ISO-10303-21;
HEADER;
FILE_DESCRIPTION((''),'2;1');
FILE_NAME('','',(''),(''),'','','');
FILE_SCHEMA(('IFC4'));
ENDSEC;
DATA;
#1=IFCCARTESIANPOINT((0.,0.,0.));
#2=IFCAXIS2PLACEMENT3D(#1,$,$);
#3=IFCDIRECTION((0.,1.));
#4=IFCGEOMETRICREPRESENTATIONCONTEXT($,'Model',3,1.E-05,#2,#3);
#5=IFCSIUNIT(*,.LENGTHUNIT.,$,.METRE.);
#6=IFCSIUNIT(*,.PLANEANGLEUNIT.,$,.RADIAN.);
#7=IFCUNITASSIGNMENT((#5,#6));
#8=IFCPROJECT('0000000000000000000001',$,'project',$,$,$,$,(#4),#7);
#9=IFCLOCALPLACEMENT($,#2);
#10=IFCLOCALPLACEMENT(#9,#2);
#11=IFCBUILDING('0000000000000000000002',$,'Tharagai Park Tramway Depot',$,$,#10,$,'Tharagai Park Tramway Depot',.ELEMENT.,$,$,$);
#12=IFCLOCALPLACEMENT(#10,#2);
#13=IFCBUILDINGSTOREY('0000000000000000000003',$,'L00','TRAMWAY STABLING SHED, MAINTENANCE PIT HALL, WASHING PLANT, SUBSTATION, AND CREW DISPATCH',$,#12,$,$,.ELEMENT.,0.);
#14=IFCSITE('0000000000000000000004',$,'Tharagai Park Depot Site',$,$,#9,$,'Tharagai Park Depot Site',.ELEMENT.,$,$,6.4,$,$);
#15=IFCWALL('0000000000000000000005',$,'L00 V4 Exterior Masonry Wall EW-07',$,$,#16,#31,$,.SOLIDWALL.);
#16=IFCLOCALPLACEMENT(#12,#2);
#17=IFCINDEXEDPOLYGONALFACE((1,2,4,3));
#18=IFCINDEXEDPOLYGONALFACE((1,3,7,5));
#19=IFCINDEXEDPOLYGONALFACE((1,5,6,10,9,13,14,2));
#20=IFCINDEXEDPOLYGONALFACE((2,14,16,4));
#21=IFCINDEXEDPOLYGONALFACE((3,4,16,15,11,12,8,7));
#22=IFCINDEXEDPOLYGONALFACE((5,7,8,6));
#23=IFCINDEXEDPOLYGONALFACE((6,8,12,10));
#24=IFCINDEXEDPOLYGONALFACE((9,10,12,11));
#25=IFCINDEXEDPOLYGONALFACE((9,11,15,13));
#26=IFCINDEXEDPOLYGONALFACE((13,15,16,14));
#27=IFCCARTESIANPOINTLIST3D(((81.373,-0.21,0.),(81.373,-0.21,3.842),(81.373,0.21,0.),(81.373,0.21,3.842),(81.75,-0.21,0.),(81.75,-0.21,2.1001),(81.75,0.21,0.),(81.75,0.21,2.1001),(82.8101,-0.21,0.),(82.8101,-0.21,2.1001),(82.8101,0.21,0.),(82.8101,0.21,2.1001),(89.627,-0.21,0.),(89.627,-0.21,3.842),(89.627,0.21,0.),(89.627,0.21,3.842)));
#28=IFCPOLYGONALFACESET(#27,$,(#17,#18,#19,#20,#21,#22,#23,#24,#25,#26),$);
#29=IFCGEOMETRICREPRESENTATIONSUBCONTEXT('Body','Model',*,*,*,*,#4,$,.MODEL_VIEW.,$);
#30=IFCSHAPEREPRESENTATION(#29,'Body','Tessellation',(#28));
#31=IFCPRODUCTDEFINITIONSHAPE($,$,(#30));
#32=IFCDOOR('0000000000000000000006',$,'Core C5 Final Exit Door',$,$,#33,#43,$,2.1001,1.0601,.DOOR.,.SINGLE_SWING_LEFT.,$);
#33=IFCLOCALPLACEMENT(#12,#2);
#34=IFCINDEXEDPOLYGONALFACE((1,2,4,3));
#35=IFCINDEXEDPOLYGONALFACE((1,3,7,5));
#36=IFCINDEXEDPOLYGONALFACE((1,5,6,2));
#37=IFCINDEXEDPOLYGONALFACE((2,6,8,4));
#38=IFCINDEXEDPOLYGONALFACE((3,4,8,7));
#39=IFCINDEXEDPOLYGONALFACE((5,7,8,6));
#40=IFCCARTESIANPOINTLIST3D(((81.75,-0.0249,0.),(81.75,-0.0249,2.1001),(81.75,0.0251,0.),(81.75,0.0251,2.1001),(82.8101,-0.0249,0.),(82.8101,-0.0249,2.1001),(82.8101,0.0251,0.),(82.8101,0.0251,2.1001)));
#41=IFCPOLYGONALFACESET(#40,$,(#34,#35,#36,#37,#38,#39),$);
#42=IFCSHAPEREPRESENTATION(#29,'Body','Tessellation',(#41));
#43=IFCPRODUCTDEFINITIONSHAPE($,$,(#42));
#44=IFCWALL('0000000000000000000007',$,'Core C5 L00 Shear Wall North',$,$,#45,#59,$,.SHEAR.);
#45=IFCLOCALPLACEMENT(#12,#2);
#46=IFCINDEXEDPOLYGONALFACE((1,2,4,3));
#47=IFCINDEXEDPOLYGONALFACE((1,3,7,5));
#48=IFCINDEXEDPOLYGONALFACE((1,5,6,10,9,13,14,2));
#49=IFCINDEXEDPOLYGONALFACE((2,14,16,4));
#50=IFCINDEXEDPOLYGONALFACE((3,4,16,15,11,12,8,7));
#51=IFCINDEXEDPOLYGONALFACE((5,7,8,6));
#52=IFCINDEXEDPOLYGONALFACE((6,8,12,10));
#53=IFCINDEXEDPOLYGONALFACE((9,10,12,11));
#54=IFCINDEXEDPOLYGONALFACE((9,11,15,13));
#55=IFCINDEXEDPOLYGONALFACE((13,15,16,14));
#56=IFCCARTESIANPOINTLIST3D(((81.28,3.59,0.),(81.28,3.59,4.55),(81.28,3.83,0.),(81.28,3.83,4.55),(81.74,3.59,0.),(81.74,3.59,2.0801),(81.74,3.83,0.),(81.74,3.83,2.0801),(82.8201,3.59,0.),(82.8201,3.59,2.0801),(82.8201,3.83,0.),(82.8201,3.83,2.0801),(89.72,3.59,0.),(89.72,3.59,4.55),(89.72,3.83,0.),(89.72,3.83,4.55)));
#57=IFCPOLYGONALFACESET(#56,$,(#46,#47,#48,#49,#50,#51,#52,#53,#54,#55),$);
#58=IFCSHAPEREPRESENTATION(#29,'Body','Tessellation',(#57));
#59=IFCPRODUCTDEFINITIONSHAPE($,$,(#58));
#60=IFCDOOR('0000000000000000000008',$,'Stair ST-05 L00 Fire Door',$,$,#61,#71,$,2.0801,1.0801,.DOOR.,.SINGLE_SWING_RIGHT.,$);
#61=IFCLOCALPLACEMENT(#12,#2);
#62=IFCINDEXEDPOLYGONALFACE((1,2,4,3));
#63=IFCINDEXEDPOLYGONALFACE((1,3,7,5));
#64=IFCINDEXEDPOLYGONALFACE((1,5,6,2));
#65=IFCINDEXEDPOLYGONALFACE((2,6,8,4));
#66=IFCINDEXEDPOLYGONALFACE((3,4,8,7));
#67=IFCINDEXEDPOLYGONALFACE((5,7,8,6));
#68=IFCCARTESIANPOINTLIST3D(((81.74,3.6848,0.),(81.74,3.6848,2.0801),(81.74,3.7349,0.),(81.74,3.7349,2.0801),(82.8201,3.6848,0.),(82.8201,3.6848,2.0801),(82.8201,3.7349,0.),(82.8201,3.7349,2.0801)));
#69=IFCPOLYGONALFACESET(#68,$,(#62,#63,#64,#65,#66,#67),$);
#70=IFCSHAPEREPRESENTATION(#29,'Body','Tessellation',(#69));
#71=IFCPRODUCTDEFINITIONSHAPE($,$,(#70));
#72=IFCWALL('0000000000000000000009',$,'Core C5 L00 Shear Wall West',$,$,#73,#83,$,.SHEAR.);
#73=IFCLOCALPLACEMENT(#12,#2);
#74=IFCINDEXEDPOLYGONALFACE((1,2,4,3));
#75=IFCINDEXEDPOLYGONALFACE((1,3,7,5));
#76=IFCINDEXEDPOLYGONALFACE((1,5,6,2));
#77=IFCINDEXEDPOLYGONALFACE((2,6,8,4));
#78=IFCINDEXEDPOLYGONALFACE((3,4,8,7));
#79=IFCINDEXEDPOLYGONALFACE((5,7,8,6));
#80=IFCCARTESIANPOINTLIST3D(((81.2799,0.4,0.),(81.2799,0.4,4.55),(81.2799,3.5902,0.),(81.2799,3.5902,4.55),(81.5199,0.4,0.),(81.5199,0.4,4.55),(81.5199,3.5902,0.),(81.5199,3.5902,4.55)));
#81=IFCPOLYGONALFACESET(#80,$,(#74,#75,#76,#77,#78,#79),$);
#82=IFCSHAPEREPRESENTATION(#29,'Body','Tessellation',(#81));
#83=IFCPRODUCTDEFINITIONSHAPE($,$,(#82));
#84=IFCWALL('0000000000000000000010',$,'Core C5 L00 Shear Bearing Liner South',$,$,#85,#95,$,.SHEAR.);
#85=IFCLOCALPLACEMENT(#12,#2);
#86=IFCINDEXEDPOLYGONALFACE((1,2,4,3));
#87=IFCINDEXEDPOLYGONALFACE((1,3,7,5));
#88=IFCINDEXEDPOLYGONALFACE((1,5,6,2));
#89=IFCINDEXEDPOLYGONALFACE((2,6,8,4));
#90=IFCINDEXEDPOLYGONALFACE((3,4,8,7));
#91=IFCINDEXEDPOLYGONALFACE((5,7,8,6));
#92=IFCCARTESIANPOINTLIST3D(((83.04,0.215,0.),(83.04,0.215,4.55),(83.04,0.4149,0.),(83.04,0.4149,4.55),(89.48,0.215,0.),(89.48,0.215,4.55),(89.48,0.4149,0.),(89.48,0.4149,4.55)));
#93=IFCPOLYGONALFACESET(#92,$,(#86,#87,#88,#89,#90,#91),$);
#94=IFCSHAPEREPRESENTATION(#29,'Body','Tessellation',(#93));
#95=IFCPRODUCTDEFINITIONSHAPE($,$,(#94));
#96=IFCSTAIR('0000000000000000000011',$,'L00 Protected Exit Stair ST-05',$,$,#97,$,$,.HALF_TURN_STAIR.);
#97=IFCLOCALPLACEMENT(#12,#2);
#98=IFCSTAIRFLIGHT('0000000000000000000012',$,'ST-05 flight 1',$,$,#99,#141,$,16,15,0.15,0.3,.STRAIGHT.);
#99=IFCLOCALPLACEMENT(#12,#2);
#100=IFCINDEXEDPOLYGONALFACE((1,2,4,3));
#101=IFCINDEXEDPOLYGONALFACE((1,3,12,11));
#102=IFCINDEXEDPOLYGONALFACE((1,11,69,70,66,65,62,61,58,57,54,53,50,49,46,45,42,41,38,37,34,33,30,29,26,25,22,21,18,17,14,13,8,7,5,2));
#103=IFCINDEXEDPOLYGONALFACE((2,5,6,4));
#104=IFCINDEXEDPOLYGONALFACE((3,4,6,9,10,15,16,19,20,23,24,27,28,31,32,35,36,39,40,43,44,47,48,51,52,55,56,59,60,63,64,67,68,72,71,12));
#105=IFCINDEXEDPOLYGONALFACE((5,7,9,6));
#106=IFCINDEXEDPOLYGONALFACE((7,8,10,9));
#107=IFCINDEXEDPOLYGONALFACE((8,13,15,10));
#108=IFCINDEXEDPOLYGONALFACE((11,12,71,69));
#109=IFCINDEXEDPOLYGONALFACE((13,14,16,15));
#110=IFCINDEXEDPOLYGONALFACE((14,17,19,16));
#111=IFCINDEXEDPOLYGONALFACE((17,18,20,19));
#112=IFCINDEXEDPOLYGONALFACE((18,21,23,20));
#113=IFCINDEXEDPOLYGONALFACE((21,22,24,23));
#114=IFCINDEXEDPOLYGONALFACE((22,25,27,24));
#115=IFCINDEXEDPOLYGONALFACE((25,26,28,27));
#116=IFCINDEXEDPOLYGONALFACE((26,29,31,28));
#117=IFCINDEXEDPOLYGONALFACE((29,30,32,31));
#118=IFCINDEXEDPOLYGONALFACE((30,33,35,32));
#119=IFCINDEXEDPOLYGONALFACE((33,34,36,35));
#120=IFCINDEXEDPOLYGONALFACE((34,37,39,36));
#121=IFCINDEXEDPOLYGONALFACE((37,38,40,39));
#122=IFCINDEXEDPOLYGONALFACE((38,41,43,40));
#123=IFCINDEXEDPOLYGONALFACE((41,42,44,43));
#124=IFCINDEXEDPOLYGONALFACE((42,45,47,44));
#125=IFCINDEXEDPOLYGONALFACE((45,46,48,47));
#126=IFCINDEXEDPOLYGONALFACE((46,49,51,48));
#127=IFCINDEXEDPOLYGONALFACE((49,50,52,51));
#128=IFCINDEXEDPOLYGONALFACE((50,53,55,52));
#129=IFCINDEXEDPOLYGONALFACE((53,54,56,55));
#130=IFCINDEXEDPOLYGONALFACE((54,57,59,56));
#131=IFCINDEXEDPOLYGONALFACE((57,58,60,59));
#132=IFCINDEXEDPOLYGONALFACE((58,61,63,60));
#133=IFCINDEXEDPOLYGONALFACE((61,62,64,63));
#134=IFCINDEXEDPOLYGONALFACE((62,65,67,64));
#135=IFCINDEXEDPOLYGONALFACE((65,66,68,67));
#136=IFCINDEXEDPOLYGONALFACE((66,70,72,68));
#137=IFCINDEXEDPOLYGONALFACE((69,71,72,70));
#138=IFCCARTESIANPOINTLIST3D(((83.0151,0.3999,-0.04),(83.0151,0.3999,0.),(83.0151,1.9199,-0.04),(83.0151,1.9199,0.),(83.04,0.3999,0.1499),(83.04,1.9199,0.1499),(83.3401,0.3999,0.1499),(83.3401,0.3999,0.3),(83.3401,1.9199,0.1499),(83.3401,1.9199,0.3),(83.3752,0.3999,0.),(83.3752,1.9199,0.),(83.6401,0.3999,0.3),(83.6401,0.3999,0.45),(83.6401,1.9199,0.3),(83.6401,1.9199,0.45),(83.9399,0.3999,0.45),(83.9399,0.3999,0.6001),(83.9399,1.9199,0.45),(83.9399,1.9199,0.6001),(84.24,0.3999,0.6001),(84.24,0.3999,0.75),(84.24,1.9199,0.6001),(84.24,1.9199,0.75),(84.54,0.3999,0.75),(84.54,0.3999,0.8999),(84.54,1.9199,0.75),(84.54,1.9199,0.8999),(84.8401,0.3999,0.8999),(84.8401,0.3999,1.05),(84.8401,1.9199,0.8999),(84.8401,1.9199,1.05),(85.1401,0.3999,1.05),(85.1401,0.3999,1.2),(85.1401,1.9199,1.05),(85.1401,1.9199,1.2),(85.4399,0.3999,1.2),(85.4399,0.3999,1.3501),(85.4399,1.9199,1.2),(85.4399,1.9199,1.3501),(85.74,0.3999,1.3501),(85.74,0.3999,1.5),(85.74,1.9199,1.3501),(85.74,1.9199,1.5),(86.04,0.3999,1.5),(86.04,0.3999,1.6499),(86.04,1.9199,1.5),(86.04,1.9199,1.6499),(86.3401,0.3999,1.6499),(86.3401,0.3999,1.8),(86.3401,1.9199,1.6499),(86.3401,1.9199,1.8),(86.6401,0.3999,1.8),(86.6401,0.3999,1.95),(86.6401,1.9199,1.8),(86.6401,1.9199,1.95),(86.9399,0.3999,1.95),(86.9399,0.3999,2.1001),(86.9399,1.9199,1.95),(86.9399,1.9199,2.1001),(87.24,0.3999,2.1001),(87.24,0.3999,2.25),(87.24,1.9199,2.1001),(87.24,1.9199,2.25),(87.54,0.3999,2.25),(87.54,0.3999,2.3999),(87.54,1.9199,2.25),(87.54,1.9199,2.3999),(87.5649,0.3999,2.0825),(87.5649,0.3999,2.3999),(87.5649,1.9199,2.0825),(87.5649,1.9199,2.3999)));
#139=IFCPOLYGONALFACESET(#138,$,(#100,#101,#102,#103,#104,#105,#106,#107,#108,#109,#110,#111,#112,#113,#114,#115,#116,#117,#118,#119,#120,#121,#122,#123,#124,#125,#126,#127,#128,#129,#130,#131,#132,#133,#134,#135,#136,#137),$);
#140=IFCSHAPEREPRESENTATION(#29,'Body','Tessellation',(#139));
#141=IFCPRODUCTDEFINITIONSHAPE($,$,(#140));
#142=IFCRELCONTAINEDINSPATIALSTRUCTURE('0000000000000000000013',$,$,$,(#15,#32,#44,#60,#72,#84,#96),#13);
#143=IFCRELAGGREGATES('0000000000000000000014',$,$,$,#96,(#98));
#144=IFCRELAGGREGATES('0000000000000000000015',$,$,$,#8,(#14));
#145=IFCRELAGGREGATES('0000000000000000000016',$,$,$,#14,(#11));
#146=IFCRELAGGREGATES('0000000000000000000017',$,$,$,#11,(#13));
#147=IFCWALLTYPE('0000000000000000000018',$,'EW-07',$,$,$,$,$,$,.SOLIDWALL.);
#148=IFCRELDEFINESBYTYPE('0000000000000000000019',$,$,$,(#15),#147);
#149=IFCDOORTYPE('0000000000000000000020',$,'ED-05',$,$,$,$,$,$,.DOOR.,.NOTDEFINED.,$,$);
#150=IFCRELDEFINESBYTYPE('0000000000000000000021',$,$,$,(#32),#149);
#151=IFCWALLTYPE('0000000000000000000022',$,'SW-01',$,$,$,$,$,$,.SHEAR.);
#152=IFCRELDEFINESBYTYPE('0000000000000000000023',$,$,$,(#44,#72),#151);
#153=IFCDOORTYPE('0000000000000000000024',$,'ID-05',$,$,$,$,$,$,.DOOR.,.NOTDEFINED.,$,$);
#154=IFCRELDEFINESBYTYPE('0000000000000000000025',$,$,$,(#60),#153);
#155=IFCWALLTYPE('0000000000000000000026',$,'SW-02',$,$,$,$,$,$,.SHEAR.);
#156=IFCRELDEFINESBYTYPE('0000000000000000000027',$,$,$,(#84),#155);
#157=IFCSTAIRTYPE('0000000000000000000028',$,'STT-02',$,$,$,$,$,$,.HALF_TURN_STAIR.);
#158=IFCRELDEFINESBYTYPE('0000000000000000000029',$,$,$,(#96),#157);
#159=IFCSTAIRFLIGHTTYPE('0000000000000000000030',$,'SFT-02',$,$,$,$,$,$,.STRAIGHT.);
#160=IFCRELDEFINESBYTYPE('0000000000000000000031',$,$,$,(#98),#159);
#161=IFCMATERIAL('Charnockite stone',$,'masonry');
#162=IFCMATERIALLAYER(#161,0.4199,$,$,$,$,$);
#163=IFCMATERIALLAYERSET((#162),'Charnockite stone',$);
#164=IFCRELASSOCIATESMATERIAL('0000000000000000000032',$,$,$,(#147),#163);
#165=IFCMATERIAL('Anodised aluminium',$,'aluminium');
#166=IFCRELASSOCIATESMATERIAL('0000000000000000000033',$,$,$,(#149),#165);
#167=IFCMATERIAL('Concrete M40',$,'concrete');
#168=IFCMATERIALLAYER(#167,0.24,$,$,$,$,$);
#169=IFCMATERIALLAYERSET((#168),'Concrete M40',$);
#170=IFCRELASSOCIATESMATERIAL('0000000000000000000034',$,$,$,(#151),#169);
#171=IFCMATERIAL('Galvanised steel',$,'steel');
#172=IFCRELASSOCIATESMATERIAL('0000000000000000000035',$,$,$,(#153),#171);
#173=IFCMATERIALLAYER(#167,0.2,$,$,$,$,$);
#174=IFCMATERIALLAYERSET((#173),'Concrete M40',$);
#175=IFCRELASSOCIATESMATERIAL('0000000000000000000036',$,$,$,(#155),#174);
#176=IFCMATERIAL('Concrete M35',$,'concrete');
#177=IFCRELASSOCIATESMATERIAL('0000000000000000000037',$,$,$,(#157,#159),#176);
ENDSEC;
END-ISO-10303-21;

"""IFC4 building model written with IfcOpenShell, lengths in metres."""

from ifc_helpers import new_model, si_unit, direction, frame, frame_2d, origin, place, context, subcontext, project, spatial, polyline, rectangle, outline, extrude, material, layer, layer_set, type_object, element, fill, aggregate, save


model = new_model("IFC4")

# Units and contexts
model_context = context("Model", 3, precision=1e-05, world=origin(), true_north=direction((0.0, 1.0)))
body_context = subcontext(model_context, "Body", "Model", "MODEL_VIEW")
ifc_project = project(units=[si_unit("LENGTHUNIT", "METRE"), si_unit("PLANEANGLEUNIT", "RADIAN")], contexts=[model_context])

# Site, building, storey
site_placement = place(None, origin())
site = spatial("IfcSite", under=ifc_project, at=site_placement, Name="Tharagai Park Depot Site", LongName="Tharagai Park Depot Site", CompositionType="ELEMENT", RefElevation=6.4)
building_placement = place(site_placement, origin())
building = spatial("IfcBuilding", under=site, at=building_placement, Name="Tharagai Park Tramway Depot", LongName="Tharagai Park Tramway Depot", CompositionType="ELEMENT")
storey_placement = place(building_placement, origin())
storey = spatial("IfcBuildingStorey", under=building, at=storey_placement, Name="L00", Description="TRAMWAY STABLING SHED, MAINTENANCE PIT HALL, WASHING PLANT, SUBSTATION, AND CREW DISPATCH", CompositionType="ELEMENT", Elevation=0.0)

# Shared definitions
ifc_material_1 = material(Name="Concrete M40", Category="concrete")

# Walls, openings, doors
ifc_material_2 = material(Name="Charnockite stone", Category="masonry")
ifc_layer_1 = layer(ifc_material_2, 0.4199)
ifc_layer_set_1 = layer_set([ifc_layer_1], Name="Charnockite stone")
wall_type_1 = type_object("IfcWallType", Name="EW-07", PredefinedType="SOLIDWALL", material=ifc_layer_set_1)
wall_1_placement = place(storey_placement, frame((81.373, 0.0, 0.0), z_axis=(0.0, 0.0, 1.0), x_axis=(1.0, 0.0, 0.0)))
wall_1 = element("IfcWall", 1, at=wall_1_placement, inside=storey, type_object=wall_type_1, Name="L00 V4 Exterior Masonry Wall EW-07", PredefinedType="SOLIDWALL", context=body_context, shape_type="SweptSolid", body=[
    extrude(rectangle(XDim=8.2539, YDim=0.4199, at=frame_2d((4.127, 0.0))), origin(), (0.0, 0.0, 1.0), 3.842),
])
opening_1_placement = place(wall_1_placement, frame((0.377, 0.0, 0.0)))
opening_1 = element("IfcOpeningElement", 2, at=opening_1_placement, cuts=wall_1, PredefinedType="OPENING", context=body_context, shape_type="SweptSolid", body=[
    extrude(rectangle(XDim=1.0601, YDim=2.1001, at=frame_2d((0.53, 1.05))), frame((0.0, 0.22, 0.0), z_axis=(0.0, -1.0, 0.0), x_axis=(1.0, 0.0, 0.0)), (0.0, 0.0, 1.0), 0.4399),
])
ifc_material_3 = material(Name="Anodised aluminium", Category="aluminium")
door_type_1 = type_object("IfcDoorType", Name="ED-05", OperationType="NOTDEFINED", PredefinedType="DOOR", material=ifc_material_3)
door_1_placement = place(opening_1_placement, frame((1.0601, 0.0, 0.0), z_axis=(0.0, 0.0, 1.0), x_axis=(-1.0, 0.0, 0.0)))
door_1 = element("IfcDoor", 3, at=door_1_placement, inside=storey, type_object=door_type_1, Name="Core C5 Final Exit Door", OperationType="SINGLE_SWING_LEFT", OverallHeight=2.1001, OverallWidth=1.0601, PredefinedType="DOOR", context=body_context, shape_type="SweptSolid", body=[
    extrude(rectangle(XDim=1.0601, YDim=2.1001, at=frame_2d((0.53, 1.05))), frame((0.0, 0.0249, 0.0), z_axis=(0.0, -1.0, 0.0), x_axis=(1.0, 0.0, 0.0)), (0.0, 0.0, 1.0), 0.05),
])
fill(opening_1, door_1)
ifc_layer_2 = layer(ifc_material_1, 0.24)
ifc_layer_set_2 = layer_set([ifc_layer_2], Name="Concrete M40")
wall_type_2 = type_object("IfcWallType", Name="SW-01", PredefinedType="SHEAR", material=ifc_layer_set_2)
wall_2_placement = place(storey_placement, frame((81.28, 3.71, 0.0), z_axis=(0.0, 0.0, 1.0), x_axis=(1.0, 0.0, 0.0)))
wall_2 = element("IfcWall", 4, at=wall_2_placement, inside=storey, type_object=wall_type_2, Name="Core C5 L00 Shear Wall North", PredefinedType="SHEAR", context=body_context, shape_type="SweptSolid", body=[
    extrude(rectangle(XDim=8.4399, YDim=0.24, at=frame_2d((4.22, 0.0))), origin(), (0.0, 0.0, 1.0), 4.55),
])
opening_2_placement = place(wall_2_placement, frame((0.46, 0.0, 0.0)))
opening_2 = element("IfcOpeningElement", 5, at=opening_2_placement, cuts=wall_2, PredefinedType="OPENING", context=body_context, shape_type="SweptSolid", body=[
    extrude(rectangle(XDim=1.0801, YDim=2.0801, at=frame_2d((0.54, 1.04))), frame((0.0, 0.1299, 0.0), z_axis=(0.0, -1.0, 0.0), x_axis=(1.0, 0.0, 0.0)), (0.0, 0.0, 1.0), 0.26),
])
ifc_material_4 = material(Name="Galvanised steel", Category="steel")
door_type_2 = type_object("IfcDoorType", Name="ID-05", OperationType="NOTDEFINED", PredefinedType="DOOR", material=ifc_material_4)
door_2_placement = place(opening_2_placement, origin())
door_2 = element("IfcDoor", 6, at=door_2_placement, inside=storey, type_object=door_type_2, Name="Stair ST-05 L00 Fire Door", OperationType="SINGLE_SWING_RIGHT", OverallHeight=2.0801, OverallWidth=1.0801, PredefinedType="DOOR", context=body_context, shape_type="SweptSolid", body=[
    extrude(rectangle(XDim=1.0801, YDim=2.0801, at=frame_2d((0.54, 1.04))), frame((0.0, 0.0249, 0.0), z_axis=(0.0, -1.0, 0.0), x_axis=(1.0, 0.0, 0.0)), (0.0, 0.0, 1.0), 0.05),
])
fill(opening_2, door_2)

# Walls
wall_3_placement = place(storey_placement, frame((81.3999, 0.3999, 0.0), z_axis=(0.0, 0.0, 1.0), x_axis=(0.0, 1.0, 0.0)))
element("IfcWall", 7, at=wall_3_placement, inside=storey, type_object=wall_type_2, Name="Core C5 L00 Shear Wall West", PredefinedType="SHEAR", context=body_context, shape_type="SweptSolid", body=[
    extrude(rectangle(XDim=3.1902, YDim=0.24, at=frame_2d((1.5952, 0.0))), origin(), (0.0, 0.0, 1.0), 4.55),
])
ifc_layer_3 = layer(ifc_material_1, 0.2)
ifc_layer_set_3 = layer_set([ifc_layer_3], Name="Concrete M40")
wall_type_3 = type_object("IfcWallType", Name="SW-02", PredefinedType="SHEAR", material=ifc_layer_set_3)
wall_4_placement = place(storey_placement, frame((83.04, 0.3149, 0.0), z_axis=(0.0, 0.0, 1.0), x_axis=(1.0, 0.0, 0.0)))
element("IfcWall", 8, at=wall_4_placement, inside=storey, type_object=wall_type_3, Name="Core C5 L00 Shear Bearing Liner South", PredefinedType="SHEAR", context=body_context, shape_type="SweptSolid", body=[
    extrude(rectangle(XDim=6.4399, YDim=0.2, at=frame_2d((3.22, 0.0))), origin(), (0.0, 0.0, 1.0), 4.55),
])

# Stair, stair flight
ifc_material_5 = material(Name="Concrete M35", Category="concrete")
stair_type = type_object("IfcStairType", Name="STT-02", PredefinedType="HALF_TURN_STAIR", material=ifc_material_5)
stair_placement = place(storey_placement, origin())
stair = element("IfcStair", 9, at=stair_placement, inside=storey, type_object=stair_type, Name="L00 Protected Exit Stair ST-05", PredefinedType="HALF_TURN_STAIR")
stair_flight_type = type_object("IfcStairFlightType", Name="SFT-02", PredefinedType="STRAIGHT", material=ifc_material_5)
stair_flight_1_placement = place(storey_placement, frame((83.04, 1.1599, 0.0), z_axis=(0.0, 0.0, 1.0), x_axis=(1.0, 0.0, 0.0)))
stair_flight_1 = element("IfcStairFlight", 10, at=stair_flight_1_placement, type_object=stair_flight_type, Name="ST-05 flight 1", NumberOfRisers=16, NumberOfTreads=15, PredefinedType="STRAIGHT", RiserHeight=0.15, TreadLength=0.3, context=body_context, shape_type="SweptSolid", body=[
    extrude(outline(polyline([(-0.0249, 0.0), (0.0, 0.1499), (0.3, 0.1499), (0.3, 0.3), (0.6001, 0.3), (0.6001, 0.45), (0.8999, 0.45), (0.8999, 0.6001), (1.2, 0.6001), (1.2, 0.75), (1.5, 0.75), (1.5, 0.8999), (1.8, 0.8999), (1.8, 1.05), (2.1001, 1.05), (2.1001, 1.2), (2.3999, 1.2), (2.3999, 1.3501), (2.7, 1.3501), (2.7, 1.5), (3.0, 1.5), (3.0, 1.6499), (3.3, 1.6499), (3.3, 1.8), (3.6001, 1.8), (3.6001, 1.95), (3.8999, 1.95), (3.8999, 2.1001), (4.2, 2.1001), (4.2, 2.25), (4.5, 2.25), (4.5, 2.3999), (4.5249, 2.3999), (4.5249, 2.0825), (0.3352, 0.0), (-0.0249, -0.04), (-0.0249, 0.0)])), frame((0.0, 0.76, 0.0), z_axis=(0.0, -1.0, 0.0), x_axis=(1.0, 0.0, 0.0)), (0.0, 0.0, 1.0), 1.52),
])
aggregate(stair, [stair_flight_1])

save(model, "model.ifc")
